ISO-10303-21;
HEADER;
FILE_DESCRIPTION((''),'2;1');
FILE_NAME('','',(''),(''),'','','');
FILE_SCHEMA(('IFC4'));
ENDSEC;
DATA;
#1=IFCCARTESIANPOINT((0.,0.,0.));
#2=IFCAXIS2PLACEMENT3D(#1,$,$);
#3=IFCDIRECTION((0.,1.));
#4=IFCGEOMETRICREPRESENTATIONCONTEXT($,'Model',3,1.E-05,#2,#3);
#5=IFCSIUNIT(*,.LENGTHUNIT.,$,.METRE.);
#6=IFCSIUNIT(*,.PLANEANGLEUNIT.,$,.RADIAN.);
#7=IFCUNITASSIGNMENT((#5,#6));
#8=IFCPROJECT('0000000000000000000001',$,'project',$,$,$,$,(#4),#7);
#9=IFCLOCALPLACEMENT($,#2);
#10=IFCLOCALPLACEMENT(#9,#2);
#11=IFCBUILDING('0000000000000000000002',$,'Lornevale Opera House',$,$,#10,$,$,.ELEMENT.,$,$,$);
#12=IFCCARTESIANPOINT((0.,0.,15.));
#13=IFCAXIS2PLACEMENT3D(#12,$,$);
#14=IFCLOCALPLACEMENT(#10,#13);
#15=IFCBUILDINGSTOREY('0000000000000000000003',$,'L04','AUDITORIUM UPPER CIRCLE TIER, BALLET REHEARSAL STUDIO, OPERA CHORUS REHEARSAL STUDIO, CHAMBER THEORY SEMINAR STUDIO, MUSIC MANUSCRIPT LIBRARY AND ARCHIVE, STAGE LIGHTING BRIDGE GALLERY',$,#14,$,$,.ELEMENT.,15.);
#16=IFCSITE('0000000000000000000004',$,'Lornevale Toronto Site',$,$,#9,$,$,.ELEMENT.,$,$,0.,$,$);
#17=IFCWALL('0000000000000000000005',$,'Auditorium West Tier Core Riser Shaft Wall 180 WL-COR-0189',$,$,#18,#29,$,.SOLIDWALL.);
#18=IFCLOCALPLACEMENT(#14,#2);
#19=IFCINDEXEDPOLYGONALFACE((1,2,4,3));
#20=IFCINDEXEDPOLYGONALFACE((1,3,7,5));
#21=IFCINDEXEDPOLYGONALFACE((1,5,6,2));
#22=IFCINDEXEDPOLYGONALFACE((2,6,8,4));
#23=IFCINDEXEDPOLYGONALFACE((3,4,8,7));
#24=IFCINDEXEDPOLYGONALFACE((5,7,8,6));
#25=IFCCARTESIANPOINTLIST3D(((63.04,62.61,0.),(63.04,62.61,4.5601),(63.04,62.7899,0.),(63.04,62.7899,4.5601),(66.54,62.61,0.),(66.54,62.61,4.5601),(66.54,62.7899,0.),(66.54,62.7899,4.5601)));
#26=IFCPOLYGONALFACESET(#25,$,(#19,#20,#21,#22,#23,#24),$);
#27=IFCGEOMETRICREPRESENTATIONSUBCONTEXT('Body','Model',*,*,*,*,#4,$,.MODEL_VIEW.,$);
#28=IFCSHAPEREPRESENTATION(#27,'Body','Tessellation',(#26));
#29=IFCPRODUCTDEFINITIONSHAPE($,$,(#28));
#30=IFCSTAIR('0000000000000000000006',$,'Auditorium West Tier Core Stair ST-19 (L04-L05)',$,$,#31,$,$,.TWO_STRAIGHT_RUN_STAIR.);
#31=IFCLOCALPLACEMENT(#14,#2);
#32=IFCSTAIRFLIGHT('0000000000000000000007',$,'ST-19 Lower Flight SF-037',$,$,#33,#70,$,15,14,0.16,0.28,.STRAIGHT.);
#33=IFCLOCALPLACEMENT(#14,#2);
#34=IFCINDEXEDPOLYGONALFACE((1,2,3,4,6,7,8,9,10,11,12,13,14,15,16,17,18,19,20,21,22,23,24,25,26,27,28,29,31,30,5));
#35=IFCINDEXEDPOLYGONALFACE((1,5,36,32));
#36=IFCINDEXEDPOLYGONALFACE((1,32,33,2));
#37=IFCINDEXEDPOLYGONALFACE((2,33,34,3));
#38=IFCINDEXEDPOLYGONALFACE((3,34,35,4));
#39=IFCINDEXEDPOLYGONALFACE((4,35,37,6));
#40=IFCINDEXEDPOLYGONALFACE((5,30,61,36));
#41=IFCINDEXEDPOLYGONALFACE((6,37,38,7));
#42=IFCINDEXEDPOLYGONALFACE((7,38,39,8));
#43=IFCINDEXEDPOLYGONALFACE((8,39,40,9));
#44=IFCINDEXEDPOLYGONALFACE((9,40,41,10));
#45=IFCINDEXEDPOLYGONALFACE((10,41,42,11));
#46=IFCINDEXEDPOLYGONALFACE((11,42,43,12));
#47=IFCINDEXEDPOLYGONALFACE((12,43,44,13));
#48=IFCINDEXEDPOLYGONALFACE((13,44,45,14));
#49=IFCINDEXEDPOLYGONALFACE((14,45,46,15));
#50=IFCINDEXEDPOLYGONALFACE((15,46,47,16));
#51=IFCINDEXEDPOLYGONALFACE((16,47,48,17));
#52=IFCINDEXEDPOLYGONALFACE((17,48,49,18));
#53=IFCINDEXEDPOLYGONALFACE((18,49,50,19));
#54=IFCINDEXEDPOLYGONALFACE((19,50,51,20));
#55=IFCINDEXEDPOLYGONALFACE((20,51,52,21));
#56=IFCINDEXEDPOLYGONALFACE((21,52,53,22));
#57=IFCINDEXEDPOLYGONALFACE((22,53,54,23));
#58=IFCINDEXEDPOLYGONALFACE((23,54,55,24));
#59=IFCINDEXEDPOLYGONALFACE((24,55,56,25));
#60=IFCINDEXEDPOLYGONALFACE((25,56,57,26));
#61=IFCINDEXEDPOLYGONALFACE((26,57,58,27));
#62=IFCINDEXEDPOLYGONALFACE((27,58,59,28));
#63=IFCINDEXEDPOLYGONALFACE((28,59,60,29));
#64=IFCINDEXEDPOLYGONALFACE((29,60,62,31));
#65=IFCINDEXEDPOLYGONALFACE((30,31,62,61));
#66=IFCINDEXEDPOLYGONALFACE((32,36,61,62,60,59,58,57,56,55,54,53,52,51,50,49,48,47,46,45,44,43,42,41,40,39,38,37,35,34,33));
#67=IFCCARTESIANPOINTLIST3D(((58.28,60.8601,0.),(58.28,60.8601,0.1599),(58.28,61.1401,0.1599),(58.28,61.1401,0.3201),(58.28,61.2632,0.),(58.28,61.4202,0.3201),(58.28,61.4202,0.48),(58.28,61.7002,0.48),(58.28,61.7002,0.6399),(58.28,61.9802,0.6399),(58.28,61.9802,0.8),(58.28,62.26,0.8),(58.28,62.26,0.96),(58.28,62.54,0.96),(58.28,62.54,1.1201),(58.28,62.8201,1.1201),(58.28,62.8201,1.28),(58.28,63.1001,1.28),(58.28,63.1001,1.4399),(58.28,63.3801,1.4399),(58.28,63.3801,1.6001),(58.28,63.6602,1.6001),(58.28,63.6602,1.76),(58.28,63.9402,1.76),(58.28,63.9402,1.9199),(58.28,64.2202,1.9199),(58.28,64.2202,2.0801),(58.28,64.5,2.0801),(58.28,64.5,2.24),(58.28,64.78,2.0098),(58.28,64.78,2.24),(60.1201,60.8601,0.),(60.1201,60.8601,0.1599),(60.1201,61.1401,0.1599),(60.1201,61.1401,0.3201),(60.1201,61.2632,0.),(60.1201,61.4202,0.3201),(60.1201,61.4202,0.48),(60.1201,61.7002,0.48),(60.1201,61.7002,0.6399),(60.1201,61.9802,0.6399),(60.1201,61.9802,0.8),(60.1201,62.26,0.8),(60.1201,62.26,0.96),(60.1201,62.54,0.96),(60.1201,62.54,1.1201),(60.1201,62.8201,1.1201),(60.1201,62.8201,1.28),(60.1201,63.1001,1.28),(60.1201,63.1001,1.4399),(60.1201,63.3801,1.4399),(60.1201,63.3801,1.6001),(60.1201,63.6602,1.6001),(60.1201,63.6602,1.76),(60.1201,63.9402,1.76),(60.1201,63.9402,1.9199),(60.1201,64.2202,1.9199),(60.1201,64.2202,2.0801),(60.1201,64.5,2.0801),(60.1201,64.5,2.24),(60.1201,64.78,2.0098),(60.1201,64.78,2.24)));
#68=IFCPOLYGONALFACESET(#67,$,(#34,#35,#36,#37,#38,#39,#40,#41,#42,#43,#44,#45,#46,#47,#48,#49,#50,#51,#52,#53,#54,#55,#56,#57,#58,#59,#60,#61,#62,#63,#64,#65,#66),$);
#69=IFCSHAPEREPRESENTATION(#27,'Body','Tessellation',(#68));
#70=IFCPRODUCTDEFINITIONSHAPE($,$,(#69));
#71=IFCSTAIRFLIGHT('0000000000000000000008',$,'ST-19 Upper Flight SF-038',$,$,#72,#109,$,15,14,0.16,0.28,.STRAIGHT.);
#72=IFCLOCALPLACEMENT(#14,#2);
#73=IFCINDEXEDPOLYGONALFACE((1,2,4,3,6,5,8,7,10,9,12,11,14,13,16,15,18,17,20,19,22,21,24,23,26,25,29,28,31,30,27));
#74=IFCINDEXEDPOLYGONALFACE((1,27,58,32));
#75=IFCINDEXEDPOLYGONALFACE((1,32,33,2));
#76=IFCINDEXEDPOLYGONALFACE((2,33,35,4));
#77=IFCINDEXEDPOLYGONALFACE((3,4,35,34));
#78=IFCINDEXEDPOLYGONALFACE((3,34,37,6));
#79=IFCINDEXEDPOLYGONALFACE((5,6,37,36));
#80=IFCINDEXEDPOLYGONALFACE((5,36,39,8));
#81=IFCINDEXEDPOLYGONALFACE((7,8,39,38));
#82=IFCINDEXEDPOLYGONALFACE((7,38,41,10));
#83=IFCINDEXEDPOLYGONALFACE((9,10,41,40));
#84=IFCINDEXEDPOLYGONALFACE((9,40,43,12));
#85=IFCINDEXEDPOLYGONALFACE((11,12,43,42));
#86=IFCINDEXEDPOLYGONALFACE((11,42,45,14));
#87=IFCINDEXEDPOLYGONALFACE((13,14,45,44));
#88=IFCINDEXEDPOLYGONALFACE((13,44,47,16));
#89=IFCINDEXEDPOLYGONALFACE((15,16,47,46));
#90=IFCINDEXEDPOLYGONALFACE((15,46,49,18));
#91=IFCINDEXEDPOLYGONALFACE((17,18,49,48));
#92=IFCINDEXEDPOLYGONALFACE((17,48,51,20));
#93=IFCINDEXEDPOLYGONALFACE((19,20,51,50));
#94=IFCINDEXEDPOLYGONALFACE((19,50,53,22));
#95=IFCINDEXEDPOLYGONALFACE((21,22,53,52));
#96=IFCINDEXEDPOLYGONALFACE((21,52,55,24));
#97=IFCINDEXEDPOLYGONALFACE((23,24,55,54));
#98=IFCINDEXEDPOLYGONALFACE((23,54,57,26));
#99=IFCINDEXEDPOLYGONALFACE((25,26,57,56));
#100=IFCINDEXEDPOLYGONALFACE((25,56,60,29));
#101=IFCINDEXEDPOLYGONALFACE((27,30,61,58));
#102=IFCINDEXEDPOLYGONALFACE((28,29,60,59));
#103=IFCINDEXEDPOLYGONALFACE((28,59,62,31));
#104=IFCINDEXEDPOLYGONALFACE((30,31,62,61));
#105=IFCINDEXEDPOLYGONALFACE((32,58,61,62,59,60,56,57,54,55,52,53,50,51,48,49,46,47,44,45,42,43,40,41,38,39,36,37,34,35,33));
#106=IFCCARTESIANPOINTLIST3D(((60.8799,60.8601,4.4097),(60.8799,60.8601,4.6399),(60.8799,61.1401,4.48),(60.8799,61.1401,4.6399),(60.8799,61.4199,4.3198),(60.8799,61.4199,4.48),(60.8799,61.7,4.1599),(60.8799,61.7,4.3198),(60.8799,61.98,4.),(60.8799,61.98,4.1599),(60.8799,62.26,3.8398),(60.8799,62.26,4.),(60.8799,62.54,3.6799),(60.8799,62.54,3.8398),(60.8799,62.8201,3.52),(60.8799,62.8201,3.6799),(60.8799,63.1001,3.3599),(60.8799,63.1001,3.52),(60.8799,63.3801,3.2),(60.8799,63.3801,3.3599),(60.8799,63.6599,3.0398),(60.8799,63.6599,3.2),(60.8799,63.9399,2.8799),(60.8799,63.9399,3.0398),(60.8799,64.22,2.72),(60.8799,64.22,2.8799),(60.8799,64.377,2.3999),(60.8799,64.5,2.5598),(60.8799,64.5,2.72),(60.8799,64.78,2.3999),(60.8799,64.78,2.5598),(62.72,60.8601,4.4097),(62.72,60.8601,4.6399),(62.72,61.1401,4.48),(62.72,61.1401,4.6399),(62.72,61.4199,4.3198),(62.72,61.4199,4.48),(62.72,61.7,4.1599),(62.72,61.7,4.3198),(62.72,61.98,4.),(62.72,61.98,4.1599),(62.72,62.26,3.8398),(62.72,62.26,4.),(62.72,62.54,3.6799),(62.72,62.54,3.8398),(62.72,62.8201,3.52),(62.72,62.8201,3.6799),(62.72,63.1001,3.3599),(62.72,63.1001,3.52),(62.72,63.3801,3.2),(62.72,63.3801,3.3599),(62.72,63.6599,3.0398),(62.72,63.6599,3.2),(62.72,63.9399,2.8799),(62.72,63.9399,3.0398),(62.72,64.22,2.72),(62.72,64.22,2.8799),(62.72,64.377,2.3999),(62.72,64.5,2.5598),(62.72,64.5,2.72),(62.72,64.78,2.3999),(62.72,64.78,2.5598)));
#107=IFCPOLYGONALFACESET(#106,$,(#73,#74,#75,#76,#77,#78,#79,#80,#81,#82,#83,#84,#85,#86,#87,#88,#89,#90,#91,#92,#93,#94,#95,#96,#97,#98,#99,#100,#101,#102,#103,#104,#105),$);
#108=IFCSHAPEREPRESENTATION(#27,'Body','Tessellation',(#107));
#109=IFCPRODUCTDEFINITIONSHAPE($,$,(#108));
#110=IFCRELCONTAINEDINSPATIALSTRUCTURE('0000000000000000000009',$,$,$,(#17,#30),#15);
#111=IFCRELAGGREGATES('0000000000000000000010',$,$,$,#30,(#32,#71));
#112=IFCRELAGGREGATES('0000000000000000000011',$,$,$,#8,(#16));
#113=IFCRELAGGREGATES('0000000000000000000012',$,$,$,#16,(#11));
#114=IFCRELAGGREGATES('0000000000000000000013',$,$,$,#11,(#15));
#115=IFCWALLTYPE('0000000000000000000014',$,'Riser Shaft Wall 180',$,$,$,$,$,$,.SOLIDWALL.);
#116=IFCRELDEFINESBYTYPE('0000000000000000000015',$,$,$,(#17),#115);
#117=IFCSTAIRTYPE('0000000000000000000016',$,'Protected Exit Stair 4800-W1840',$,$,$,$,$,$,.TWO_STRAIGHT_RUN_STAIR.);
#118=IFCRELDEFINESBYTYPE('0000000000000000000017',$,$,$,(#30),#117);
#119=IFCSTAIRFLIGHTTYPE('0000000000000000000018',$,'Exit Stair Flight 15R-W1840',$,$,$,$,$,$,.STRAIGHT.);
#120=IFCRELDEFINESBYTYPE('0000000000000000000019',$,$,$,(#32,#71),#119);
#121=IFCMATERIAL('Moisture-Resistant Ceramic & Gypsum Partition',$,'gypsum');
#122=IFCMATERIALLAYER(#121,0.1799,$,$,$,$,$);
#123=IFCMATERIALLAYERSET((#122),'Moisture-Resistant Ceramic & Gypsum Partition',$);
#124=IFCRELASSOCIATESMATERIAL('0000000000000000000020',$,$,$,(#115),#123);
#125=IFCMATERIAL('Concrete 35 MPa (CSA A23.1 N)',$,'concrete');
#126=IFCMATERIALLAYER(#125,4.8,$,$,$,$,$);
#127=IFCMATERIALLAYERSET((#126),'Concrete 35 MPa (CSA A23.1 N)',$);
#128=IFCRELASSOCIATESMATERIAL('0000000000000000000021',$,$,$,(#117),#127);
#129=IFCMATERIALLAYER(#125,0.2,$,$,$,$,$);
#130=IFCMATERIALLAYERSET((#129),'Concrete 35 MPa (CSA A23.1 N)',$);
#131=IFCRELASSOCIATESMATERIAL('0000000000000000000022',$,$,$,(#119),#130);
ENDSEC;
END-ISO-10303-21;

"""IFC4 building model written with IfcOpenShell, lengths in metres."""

from ifc_helpers import new_model, si_unit, direction, frame, frame_2d, origin, place, context, subcontext, project, spatial, polyline, rectangle, outline, extrude, material, layer, layer_set, type_object, element, aggregate, save


model = new_model("IFC4")

# Units and contexts
model_context = context("Model", 3, precision=1e-05, world=origin(), true_north=direction((0.0, 1.0)))
body_context = subcontext(model_context, "Body", "Model", "MODEL_VIEW")
ifc_project = project(units=[si_unit("LENGTHUNIT", "METRE"), si_unit("PLANEANGLEUNIT", "RADIAN")], contexts=[model_context])

# Site, building, storey
site_placement = place(None, origin())
site = spatial("IfcSite", under=ifc_project, at=site_placement, Name="Lornevale Toronto Site", CompositionType="ELEMENT", RefElevation=0.0)
building_placement = place(site_placement, origin())
building = spatial("IfcBuilding", under=site, at=building_placement, Name="Lornevale Opera House", CompositionType="ELEMENT")
storey_placement = place(building_placement, frame((0.0, 0.0, 15.0)))
storey = spatial("IfcBuildingStorey", under=building, at=storey_placement, Name="L04", Description="AUDITORIUM UPPER CIRCLE TIER, BALLET REHEARSAL STUDIO, OPERA CHORUS REHEARSAL STUDIO, CHAMBER THEORY SEMINAR STUDIO, MUSIC MANUSCRIPT LIBRARY AND ARCHIVE, STAGE LIGHTING BRIDGE GALLERY", CompositionType="ELEMENT", Elevation=15.0)

# Wall
ifc_material_1 = material(Name="Moisture-Resistant Ceramic & Gypsum Partition", Category="gypsum")
ifc_layer_1 = layer(ifc_material_1, 0.1799)
ifc_layer_set_1 = layer_set([ifc_layer_1], Name="Moisture-Resistant Ceramic & Gypsum Partition")
wall_type_1 = type_object("IfcWallType", Name="Riser Shaft Wall 180", PredefinedType="SOLIDWALL", material=ifc_layer_set_1)
wall_1_placement = place(storey_placement, frame((63.04, 62.7, 0.0), z_axis=(0.0, 0.0, 1.0), x_axis=(1.0, 0.0, 0.0)))
element("IfcWall", 1, at=wall_1_placement, inside=storey, type_object=wall_type_1, Name="Auditorium West Tier Core Riser Shaft Wall 180 WL-COR-0189", PredefinedType="SOLIDWALL", context=body_context, shape_type="SweptSolid", body=[
    extrude(rectangle(XDim=3.5, YDim=0.1799, at=frame_2d((1.75, 0.0))), origin(), (0.0, 0.0, 1.0), 4.5601),
])

# Stair, stair flights
ifc_material_2 = material(Name="Concrete 35 MPa (CSA A23.1 N)", Category="concrete")
ifc_layer_2 = layer(ifc_material_2, 4.8)
ifc_layer_set_2 = layer_set([ifc_layer_2], Name="Concrete 35 MPa (CSA A23.1 N)")
stair_type = type_object("IfcStairType", Name="Protected Exit Stair 4800-W1840", PredefinedType="TWO_STRAIGHT_RUN_STAIR", material=ifc_layer_set_2)
stair_placement = place(storey_placement, origin())
stair = element("IfcStair", 2, at=stair_placement, inside=storey, type_object=stair_type, Name="Auditorium West Tier Core Stair ST-19 (L04-L05)", PredefinedType="TWO_STRAIGHT_RUN_STAIR")
ifc_layer_3 = layer(ifc_material_2, 0.2)
ifc_layer_set_3 = layer_set([ifc_layer_3], Name="Concrete 35 MPa (CSA A23.1 N)")
stair_flight_type = type_object("IfcStairFlightType", Name="Exit Stair Flight 15R-W1840", PredefinedType="STRAIGHT", material=ifc_layer_set_3)
stair_flight_1_placement = place(storey_placement, frame((59.2, 60.8601, 0.0), z_axis=(0.0, 0.0, 1.0), x_axis=(0.0, 1.0, 0.0)))
stair_flight_1 = element("IfcStairFlight", 3, at=stair_flight_1_placement, type_object=stair_flight_type, Name="ST-19 Lower Flight SF-037", NumberOfRisers=15, NumberOfTreads=14, PredefinedType="STRAIGHT", RiserHeight=0.16, TreadLength=0.28, context=body_context, shape_type="SweptSolid", body=[
    extrude(outline(polyline([(0.0, 0.0), (0.0, 0.1599), (0.28, 0.1599), (0.28, 0.3201), (0.5601, 0.3201), (0.5601, 0.48), (0.8401, 0.48), (0.8401, 0.6399), (1.1201, 0.6399), (1.1201, 0.8), (1.3999, 0.8), (1.3999, 0.96), (1.6799, 0.96), (1.6799, 1.1201), (1.96, 1.1201), (1.96, 1.28), (2.24, 1.28), (2.24, 1.4399), (2.52, 1.4399), (2.52, 1.6001), (2.8, 1.6001), (2.8, 1.76), (3.0801, 1.76), (3.0801, 1.9199), (3.3601, 1.9199), (3.3601, 2.0801), (3.6399, 2.0801), (3.6399, 2.24), (3.9199, 2.24), (3.9199, 2.0098), (0.4031, 0.0), (0.0, 0.0)])), frame((0.0, 0.9199, 0.0), z_axis=(0.0, -1.0, 0.0), x_axis=(1.0, 0.0, 0.0)), (0.0, 0.0, 1.0), 1.8401),
])
stair_flight_2_placement = place(storey_placement, frame((61.8, 64.78, 2.3999), z_axis=(0.0, 0.0, 1.0), x_axis=(0.0, -1.0, 0.0)))
stair_flight_2 = element("IfcStairFlight", 4, at=stair_flight_2_placement, type_object=stair_flight_type, Name="ST-19 Upper Flight SF-038", NumberOfRisers=15, NumberOfTreads=14, PredefinedType="STRAIGHT", RiserHeight=0.16, TreadLength=0.28, context=body_context, shape_type="SweptSolid", body=[
    extrude(outline(polyline([(0.0, 0.0), (0.0, 0.1599), (0.28, 0.1599), (0.28, 0.3201), (0.5601, 0.3201), (0.5601, 0.48), (0.8401, 0.48), (0.8401, 0.6399), (1.1201, 0.6399), (1.1201, 0.8), (1.3999, 0.8), (1.3999, 0.96), (1.6799, 0.96), (1.6799, 1.1201), (1.96, 1.1201), (1.96, 1.28), (2.24, 1.28), (2.24, 1.4399), (2.52, 1.4399), (2.52, 1.6001), (2.8, 1.6001), (2.8, 1.76), (3.0801, 1.76), (3.0801, 1.9199), (3.3601, 1.9199), (3.3601, 2.0801), (3.6399, 2.0801), (3.6399, 2.24), (3.9199, 2.24), (3.9199, 2.0098), (0.4031, 0.0), (0.0, 0.0)])), frame((0.0, 0.9199, 0.0), z_axis=(0.0, -1.0, 0.0), x_axis=(1.0, 0.0, 0.0)), (0.0, 0.0, 1.0), 1.8401),
])
aggregate(stair, [stair_flight_1, stair_flight_2])

save(model, "model.ifc")
